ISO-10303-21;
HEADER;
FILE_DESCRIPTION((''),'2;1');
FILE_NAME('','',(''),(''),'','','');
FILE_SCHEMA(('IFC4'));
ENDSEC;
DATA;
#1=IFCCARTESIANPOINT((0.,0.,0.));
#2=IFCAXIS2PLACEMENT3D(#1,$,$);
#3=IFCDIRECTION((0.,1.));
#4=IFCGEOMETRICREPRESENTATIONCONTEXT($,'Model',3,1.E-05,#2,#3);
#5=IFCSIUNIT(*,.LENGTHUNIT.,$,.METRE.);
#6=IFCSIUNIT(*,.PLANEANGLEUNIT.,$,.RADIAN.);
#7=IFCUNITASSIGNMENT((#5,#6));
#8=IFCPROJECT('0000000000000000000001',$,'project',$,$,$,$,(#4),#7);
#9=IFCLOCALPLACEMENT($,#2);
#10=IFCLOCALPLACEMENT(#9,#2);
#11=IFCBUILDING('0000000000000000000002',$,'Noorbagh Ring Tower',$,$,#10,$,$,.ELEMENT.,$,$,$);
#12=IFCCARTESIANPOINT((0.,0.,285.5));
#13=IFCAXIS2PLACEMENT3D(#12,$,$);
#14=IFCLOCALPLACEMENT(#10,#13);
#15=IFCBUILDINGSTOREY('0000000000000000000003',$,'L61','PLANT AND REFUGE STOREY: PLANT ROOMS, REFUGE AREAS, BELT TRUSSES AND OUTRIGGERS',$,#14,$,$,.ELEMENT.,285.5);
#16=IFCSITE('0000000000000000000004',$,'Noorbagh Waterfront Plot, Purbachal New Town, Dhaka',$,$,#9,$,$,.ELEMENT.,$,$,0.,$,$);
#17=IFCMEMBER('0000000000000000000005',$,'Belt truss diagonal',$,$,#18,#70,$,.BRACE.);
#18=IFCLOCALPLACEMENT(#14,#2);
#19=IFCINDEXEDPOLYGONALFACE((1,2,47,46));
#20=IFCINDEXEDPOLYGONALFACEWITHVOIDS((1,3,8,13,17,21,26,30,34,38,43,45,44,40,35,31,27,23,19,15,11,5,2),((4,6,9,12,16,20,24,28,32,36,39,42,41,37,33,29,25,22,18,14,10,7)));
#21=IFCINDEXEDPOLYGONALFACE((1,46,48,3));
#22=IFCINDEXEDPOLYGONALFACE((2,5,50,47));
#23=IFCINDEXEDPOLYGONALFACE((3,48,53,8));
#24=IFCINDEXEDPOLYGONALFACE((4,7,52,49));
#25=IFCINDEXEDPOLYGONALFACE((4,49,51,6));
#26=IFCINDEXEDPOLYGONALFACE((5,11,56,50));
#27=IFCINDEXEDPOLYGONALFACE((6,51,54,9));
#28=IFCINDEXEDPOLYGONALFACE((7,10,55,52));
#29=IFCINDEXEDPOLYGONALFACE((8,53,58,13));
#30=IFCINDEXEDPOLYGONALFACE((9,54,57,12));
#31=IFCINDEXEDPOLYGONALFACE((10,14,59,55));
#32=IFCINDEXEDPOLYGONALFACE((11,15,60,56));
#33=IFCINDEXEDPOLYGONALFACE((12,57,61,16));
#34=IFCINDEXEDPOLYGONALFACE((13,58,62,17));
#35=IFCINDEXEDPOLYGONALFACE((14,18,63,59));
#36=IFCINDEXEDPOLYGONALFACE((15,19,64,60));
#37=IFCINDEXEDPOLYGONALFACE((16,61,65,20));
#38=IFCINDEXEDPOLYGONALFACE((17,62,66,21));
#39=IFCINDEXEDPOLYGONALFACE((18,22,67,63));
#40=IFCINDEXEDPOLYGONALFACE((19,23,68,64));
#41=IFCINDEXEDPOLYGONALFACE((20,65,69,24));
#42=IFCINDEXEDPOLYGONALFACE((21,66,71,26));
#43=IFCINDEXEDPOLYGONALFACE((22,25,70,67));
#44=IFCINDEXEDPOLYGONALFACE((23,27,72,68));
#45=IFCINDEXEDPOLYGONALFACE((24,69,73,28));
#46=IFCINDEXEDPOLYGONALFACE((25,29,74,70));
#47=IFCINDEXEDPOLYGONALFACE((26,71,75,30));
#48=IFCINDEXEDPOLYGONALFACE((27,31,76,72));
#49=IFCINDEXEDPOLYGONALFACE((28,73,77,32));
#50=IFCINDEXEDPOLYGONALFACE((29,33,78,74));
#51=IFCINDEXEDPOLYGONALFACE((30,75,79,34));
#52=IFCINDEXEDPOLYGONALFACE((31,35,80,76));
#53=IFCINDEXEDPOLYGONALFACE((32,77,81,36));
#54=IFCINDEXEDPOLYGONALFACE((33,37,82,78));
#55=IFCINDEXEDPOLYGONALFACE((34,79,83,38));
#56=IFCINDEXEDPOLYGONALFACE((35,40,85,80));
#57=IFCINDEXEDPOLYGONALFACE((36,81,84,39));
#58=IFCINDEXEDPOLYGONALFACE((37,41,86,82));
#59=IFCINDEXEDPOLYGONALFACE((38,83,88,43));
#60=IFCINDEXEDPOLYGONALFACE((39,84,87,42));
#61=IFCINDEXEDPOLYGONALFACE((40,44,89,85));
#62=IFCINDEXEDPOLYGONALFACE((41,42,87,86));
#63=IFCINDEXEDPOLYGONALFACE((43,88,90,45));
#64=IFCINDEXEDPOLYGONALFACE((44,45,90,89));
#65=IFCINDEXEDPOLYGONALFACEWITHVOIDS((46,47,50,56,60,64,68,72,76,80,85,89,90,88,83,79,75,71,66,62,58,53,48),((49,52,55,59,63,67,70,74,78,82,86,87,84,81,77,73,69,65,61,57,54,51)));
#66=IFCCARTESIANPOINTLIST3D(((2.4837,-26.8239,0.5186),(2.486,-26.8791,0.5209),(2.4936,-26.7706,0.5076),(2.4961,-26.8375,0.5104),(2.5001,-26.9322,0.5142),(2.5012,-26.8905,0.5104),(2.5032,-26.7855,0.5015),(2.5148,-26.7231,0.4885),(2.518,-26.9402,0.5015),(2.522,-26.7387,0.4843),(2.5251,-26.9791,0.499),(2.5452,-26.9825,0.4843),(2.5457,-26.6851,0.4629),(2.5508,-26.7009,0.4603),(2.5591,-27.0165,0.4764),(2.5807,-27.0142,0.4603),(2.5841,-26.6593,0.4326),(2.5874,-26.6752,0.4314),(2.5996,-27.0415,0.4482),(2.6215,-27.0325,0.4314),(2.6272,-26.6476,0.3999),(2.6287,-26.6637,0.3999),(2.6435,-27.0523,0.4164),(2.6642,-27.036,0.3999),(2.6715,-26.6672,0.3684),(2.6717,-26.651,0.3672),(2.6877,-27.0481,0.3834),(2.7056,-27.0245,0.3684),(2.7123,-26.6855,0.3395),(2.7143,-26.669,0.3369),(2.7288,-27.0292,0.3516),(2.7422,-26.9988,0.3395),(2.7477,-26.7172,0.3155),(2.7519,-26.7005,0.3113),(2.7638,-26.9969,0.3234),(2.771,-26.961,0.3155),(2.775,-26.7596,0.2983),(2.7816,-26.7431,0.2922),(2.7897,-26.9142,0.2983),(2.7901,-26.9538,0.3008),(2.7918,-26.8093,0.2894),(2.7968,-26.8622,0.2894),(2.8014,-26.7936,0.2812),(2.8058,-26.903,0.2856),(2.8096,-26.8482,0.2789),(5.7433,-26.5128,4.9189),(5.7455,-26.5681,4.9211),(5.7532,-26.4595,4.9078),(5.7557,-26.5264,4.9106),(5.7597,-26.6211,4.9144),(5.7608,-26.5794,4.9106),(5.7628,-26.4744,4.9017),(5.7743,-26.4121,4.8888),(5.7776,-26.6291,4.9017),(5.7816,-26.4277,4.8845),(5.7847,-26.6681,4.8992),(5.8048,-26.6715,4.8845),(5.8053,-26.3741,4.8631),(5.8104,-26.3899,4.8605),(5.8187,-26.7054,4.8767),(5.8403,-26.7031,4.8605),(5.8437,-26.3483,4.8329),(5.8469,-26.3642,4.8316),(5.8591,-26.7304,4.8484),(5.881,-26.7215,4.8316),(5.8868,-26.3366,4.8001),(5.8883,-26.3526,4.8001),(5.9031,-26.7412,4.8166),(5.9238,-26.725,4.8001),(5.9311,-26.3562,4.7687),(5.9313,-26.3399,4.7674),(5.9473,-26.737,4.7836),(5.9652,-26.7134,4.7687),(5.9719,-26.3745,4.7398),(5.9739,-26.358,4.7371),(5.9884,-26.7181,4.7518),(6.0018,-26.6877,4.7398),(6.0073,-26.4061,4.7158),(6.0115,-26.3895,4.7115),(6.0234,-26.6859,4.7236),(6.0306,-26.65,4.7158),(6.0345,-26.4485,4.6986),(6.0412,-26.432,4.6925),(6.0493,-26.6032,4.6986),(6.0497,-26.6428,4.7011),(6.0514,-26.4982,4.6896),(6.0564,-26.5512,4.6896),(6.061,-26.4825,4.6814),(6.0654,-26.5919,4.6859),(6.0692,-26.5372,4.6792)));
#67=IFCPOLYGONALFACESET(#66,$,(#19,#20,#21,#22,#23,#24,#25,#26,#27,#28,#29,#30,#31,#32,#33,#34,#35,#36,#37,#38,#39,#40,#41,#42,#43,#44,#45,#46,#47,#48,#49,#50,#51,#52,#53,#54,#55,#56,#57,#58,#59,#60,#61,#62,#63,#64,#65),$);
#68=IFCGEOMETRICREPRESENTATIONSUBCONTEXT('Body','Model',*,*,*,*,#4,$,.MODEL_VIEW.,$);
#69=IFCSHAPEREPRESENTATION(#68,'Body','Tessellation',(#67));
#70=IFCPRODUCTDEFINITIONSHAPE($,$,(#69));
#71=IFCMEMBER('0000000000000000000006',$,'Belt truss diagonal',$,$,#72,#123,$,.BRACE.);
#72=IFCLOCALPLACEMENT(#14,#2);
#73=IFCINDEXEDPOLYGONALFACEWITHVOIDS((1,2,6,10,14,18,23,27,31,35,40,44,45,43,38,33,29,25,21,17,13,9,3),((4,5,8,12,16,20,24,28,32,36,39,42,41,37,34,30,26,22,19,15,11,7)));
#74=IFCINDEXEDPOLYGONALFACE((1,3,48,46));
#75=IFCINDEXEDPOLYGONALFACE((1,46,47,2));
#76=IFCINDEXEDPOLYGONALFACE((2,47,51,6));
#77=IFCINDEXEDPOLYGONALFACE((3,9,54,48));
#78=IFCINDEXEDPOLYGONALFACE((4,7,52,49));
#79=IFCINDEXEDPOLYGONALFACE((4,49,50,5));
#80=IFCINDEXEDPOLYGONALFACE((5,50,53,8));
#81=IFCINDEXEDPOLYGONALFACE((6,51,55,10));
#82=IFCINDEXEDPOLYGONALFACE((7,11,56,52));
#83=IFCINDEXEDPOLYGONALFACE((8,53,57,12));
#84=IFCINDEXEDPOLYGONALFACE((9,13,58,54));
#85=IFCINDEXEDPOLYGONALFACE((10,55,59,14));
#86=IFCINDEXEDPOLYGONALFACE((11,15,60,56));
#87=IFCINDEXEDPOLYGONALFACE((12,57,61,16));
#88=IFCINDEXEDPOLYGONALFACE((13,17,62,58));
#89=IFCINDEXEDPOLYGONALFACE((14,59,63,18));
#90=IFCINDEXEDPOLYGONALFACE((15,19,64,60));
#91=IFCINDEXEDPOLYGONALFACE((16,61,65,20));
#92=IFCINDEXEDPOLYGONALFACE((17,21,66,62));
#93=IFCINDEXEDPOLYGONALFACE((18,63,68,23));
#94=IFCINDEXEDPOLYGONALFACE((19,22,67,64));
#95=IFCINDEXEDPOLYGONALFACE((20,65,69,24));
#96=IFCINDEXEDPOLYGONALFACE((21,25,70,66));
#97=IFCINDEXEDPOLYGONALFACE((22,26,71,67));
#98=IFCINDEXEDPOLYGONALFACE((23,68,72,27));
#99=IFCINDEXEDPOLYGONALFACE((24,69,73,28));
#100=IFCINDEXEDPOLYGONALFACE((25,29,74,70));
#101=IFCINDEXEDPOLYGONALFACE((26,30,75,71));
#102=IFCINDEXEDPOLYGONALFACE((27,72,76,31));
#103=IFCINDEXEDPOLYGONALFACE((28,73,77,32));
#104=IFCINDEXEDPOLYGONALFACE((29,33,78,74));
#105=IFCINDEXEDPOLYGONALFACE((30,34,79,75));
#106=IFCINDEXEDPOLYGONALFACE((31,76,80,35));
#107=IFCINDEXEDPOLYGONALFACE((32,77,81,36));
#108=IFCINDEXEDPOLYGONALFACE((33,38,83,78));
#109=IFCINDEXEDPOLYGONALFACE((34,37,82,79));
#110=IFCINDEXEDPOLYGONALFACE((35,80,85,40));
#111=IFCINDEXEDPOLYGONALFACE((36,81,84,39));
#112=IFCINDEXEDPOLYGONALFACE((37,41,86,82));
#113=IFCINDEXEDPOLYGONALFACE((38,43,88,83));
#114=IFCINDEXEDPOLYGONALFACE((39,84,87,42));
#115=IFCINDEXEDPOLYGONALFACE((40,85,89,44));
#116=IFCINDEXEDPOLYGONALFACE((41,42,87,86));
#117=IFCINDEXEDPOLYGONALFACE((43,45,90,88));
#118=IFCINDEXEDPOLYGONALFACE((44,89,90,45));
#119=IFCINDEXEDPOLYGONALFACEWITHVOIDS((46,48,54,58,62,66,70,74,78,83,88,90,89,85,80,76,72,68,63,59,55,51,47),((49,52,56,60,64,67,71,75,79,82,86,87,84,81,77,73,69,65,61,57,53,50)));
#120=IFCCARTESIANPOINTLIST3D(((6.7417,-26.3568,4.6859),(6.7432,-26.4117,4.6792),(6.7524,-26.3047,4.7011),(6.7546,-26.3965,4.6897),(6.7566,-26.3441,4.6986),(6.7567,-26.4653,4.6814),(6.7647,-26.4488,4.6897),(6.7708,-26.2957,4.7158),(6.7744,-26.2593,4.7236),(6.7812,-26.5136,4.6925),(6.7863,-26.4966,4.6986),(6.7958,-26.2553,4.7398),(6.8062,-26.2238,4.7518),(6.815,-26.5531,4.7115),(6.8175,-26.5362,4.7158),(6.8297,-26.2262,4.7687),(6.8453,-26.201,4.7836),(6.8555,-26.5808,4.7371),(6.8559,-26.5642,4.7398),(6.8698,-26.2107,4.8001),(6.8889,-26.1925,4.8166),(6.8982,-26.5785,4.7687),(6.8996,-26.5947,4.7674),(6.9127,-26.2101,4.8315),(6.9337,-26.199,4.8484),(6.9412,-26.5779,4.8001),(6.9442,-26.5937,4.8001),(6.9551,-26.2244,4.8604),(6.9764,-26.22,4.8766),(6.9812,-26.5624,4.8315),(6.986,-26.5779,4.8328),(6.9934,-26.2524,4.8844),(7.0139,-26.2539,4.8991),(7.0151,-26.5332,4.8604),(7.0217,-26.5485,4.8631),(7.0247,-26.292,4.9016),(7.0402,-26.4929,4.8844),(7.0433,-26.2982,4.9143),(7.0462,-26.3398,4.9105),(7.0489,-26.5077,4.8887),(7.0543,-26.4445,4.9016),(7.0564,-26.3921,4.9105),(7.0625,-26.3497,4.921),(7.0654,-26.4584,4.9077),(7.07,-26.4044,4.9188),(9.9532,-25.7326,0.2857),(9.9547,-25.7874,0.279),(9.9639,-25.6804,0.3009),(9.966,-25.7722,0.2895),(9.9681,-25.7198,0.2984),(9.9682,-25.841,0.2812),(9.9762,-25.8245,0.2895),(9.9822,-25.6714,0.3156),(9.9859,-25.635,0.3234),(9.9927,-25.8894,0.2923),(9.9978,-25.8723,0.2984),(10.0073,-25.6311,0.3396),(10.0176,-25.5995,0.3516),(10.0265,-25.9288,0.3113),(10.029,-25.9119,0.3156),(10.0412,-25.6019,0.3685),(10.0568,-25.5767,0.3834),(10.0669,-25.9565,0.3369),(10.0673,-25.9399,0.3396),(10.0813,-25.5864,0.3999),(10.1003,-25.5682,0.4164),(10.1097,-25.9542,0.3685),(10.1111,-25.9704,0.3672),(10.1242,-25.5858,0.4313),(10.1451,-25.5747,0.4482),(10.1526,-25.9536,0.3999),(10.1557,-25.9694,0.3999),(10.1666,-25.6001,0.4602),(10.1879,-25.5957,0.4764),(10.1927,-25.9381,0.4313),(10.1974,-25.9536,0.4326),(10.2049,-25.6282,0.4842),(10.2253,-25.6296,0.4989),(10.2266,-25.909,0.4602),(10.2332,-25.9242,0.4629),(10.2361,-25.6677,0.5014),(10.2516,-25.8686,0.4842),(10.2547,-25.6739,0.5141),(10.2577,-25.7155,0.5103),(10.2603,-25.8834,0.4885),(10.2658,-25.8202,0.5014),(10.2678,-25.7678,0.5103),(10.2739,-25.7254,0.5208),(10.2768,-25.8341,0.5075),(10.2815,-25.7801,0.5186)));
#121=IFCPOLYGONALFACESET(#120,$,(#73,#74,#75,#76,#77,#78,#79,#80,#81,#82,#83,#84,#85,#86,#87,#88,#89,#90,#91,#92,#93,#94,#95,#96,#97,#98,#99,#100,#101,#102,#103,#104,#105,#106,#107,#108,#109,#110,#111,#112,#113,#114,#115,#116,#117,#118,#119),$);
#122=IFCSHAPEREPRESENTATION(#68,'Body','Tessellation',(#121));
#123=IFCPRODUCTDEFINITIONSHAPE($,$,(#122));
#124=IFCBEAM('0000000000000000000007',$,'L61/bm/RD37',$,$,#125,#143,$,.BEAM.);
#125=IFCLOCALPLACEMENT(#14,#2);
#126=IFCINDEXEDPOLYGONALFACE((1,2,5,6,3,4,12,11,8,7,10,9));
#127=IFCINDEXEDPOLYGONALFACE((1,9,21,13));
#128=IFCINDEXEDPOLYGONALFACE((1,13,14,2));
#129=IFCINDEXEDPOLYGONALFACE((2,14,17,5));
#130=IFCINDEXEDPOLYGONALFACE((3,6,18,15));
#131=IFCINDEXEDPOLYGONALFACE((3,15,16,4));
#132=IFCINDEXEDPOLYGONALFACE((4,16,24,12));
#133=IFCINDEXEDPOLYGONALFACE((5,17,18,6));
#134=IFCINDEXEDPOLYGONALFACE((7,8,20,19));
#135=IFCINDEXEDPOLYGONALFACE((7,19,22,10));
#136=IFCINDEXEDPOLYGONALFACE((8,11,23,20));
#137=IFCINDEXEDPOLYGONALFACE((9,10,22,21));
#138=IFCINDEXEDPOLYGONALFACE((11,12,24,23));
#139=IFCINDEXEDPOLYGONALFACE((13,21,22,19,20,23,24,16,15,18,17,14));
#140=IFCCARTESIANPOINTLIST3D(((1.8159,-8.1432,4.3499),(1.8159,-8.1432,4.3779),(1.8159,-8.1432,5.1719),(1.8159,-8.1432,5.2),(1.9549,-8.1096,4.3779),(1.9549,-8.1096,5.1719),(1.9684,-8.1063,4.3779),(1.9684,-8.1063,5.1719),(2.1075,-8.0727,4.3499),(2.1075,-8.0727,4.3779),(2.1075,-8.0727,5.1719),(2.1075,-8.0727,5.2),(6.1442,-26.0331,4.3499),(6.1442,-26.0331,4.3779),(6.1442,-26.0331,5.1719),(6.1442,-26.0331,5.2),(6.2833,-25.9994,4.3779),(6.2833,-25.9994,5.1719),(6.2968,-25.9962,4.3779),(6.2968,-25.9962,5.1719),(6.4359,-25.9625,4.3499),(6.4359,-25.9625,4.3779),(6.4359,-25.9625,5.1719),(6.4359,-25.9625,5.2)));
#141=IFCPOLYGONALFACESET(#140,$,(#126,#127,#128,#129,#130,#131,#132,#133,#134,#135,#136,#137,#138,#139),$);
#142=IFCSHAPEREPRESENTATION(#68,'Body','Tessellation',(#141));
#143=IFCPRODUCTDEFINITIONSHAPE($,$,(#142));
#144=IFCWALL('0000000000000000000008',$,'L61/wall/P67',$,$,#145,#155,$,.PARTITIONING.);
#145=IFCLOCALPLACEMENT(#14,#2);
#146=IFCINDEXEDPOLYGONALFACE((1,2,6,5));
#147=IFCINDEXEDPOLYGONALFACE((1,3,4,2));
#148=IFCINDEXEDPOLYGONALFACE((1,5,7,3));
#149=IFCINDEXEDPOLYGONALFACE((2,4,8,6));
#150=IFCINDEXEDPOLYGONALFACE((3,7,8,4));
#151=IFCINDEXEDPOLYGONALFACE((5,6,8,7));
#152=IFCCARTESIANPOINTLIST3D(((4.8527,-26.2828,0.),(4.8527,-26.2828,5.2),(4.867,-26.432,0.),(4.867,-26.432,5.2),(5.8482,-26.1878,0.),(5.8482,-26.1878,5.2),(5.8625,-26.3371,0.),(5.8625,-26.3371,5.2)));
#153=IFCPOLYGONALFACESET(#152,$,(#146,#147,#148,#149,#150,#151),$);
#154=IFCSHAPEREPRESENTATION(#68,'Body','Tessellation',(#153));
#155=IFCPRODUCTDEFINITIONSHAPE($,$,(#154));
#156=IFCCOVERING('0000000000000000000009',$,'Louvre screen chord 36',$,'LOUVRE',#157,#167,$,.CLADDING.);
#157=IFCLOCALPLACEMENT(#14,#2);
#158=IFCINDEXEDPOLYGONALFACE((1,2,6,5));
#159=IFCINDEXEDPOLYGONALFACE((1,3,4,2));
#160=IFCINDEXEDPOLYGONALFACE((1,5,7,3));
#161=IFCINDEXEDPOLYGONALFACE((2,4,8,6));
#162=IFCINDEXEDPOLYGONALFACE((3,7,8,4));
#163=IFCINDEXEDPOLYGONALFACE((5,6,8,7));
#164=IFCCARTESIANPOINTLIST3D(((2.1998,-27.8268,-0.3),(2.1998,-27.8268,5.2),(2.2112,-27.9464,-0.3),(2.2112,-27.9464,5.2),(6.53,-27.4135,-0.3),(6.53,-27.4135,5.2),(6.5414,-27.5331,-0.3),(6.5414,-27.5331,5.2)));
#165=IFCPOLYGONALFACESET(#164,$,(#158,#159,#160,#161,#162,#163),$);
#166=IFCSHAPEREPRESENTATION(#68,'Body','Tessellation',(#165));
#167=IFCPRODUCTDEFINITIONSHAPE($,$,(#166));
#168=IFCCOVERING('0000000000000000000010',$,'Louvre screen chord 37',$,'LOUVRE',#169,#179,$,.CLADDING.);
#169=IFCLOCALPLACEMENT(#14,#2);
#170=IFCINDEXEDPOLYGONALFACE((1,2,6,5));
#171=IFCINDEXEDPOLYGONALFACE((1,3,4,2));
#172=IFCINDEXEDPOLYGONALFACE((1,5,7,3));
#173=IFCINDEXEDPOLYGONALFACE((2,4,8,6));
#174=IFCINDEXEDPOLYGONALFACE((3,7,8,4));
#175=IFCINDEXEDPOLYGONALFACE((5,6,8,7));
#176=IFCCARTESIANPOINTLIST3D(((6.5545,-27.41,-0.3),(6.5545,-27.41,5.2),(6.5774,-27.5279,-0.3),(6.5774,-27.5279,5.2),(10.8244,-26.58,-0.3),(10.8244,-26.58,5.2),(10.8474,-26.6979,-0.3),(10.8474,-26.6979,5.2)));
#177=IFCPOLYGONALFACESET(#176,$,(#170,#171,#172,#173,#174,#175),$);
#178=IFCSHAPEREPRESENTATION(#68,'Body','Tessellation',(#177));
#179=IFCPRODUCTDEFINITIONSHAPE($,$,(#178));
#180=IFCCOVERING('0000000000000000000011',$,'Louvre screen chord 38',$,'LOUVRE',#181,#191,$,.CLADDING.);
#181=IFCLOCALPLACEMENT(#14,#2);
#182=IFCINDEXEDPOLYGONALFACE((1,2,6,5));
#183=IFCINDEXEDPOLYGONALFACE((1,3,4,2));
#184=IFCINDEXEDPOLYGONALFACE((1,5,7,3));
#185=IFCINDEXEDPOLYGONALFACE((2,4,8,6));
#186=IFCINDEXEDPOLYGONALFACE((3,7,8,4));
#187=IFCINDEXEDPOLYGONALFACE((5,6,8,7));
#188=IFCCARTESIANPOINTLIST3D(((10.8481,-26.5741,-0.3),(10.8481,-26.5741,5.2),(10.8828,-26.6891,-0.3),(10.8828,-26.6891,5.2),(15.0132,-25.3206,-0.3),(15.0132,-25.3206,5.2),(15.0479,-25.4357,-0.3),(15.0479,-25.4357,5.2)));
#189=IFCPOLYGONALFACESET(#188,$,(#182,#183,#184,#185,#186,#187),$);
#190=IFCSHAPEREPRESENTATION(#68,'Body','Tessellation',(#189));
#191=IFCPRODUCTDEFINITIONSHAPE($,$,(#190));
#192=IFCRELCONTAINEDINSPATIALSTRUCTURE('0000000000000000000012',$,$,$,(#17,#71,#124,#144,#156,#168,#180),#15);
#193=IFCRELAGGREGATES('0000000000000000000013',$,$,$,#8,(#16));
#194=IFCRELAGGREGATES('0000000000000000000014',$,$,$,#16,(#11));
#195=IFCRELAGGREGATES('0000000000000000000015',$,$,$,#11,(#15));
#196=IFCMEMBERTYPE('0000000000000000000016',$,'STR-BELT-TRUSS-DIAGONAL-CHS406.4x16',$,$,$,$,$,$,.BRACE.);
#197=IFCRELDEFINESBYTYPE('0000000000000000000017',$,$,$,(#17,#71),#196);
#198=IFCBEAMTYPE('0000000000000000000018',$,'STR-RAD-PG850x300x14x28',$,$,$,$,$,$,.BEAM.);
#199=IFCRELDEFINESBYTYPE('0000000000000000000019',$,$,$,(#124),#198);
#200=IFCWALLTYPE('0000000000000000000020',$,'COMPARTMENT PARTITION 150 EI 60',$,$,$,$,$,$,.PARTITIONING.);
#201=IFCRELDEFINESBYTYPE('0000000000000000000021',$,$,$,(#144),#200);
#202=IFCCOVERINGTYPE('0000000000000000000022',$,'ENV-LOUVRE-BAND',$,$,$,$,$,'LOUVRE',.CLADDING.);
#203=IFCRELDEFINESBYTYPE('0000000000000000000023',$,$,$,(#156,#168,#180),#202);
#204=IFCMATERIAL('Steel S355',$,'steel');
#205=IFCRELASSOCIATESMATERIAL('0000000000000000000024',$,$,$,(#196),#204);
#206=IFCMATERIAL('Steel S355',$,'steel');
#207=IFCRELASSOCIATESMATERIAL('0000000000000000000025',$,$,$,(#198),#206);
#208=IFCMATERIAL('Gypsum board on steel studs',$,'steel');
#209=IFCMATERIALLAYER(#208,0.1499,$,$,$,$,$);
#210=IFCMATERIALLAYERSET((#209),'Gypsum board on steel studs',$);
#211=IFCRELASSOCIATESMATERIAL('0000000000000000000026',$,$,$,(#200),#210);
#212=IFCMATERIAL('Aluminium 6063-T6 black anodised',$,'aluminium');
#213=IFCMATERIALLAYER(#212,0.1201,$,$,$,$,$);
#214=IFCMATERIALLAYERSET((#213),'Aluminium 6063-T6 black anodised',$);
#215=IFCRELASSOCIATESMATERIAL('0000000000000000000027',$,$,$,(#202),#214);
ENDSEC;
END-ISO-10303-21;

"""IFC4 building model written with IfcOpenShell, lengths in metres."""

from ifc_helpers import new_model, si_unit, direction, frame, frame_2d, origin, origin_2d, place, context, subcontext, project, spatial, rectangle, hollow_circle, i_section, extrude, material, layer, layer_set, material_profile, profile_set, type_object, element, save


model = new_model("IFC4")

# Units and contexts
model_context = context("Model", 3, precision=1e-05, world=origin(), true_north=direction((0.0, 1.0)))
body_context = subcontext(model_context, "Body", "Model", "MODEL_VIEW")
ifc_project = project(units=[si_unit("LENGTHUNIT", "METRE"), si_unit("PLANEANGLEUNIT", "RADIAN")], contexts=[model_context])

# Site, building, storey
site_placement = place(None, origin())
site = spatial("IfcSite", under=ifc_project, at=site_placement, Name="Noorbagh Waterfront Plot, Purbachal New Town, Dhaka", CompositionType="ELEMENT", RefElevation=0.0)
building_placement = place(site_placement, origin())
building = spatial("IfcBuilding", under=site, at=building_placement, Name="Noorbagh Ring Tower", CompositionType="ELEMENT")
storey_placement = place(building_placement, frame((0.0, 0.0, 285.5)))
storey = spatial("IfcBuildingStorey", under=building, at=storey_placement, Name="L61", Description="PLANT AND REFUGE STOREY: PLANT ROOMS, REFUGE AREAS, BELT TRUSSES AND OUTRIGGERS", CompositionType="ELEMENT", Elevation=285.5)

# Members
ifc_material_1 = material(Name="Steel S355", Category="steel")
ifc_material_profile_1 = material_profile(ifc_material_1, hollow_circle(Radius=0.2031, WallThickness=0.0161, at=origin_2d()), Name="CHS406.4x16")
ifc_profile_set_1 = profile_set([ifc_material_profile_1], Name="Steel S355")
member_type = type_object("IfcMemberType", Name="STR-BELT-TRUSS-DIAGONAL-CHS406.4x16", PredefinedType="BRACE", material=ifc_profile_set_1)
member_1_placement = place(storey_placement, frame((2.6465, -26.8499, 0.3999), z_axis=(0.594288, 0.056709, 0.802251), x_axis=(-0.094992, 0.995478, 0.0)))
element("IfcMember", 1, at=member_1_placement, inside=storey, type_object=member_type, Name="Belt truss diagonal", PredefinedType="BRACE", context=body_context, shape_type="SweptSolid", body=[
    extrude(hollow_circle(Radius=0.2031, WallThickness=0.0161, at=origin_2d()), origin(), (0.0, 0.0, 1.0), 5.4849),
])
member_2_placement = place(storey_placement, frame((10.1169, -25.77, 0.3999), z_axis=(-0.585697, -0.113853, 0.802494), x_axis=(0.190818, -0.981625, 0.0)))
element("IfcMember", 2, at=member_2_placement, inside=storey, type_object=member_type, Name="Belt truss diagonal", PredefinedType="BRACE", context=body_context, shape_type="SweptSolid", body=[
    extrude(hollow_circle(Radius=0.2031, WallThickness=0.0161, at=origin_2d()), origin(), (0.0, 0.0, 1.0), 5.4832),
])

# Beam
ifc_material_2 = material(Name="Steel S355", Category="steel")
ifc_material_profile_2 = material_profile(ifc_material_2, i_section(OverallWidth=0.3, OverallDepth=0.8501, WebThickness=0.0139, FlangeThickness=0.0281, at=origin_2d()), Name="PG850x300x14x28")
ifc_profile_set_2 = profile_set([ifc_material_profile_2], Name="Steel S355")
beam_type_1 = type_object("IfcBeamType", Name="STR-RAD-PG850x300x14x28", PredefinedType="BEAM", material=ifc_profile_set_2)
beam_placement = place(storey_placement, frame((6.29, -25.9978, 4.7749), z_axis=(-0.23516, 0.971957, 0.0), x_axis=(-0.971957, -0.23516, 0.0)))
element("IfcBeam", 3, at=beam_placement, inside=storey, type_object=beam_type_1, Name="L61/bm/RD37", PredefinedType="BEAM", context=body_context, shape_type="SweptSolid", body=[
    extrude(i_section(OverallWidth=0.3, OverallDepth=0.8501, WebThickness=0.0139, FlangeThickness=0.0281, at=origin_2d()), origin(), (0.0, 0.0, 1.0), 18.406),
])

# Wall
ifc_material_3 = material(Name="Gypsum board on steel studs", Category="steel")
ifc_layer_1 = layer(ifc_material_3, 0.1499)
ifc_layer_set_1 = layer_set([ifc_layer_1], Name="Gypsum board on steel studs")
wall_type = type_object("IfcWallType", Name="COMPARTMENT PARTITION 150 EI 60", PredefinedType="PARTITIONING", material=ifc_layer_set_1)
wall_placement = place(storey_placement, frame((4.8599, -26.3574, 0.0), z_axis=(0.0, 0.0, 1.0), x_axis=(0.995479, 0.094982, 0.0)))
element("IfcWall", 4, at=wall_placement, inside=storey, type_object=wall_type, Name="L61/wall/P67", PredefinedType="PARTITIONING", context=body_context, shape_type="SweptSolid", body=[
    extrude(rectangle(XDim=1.0, YDim=0.1499, at=frame_2d((0.5, 0.0))), origin(), (0.0, 0.0, 1.0), 5.2),
])

# Coverings
ifc_material_4 = material(Name="Aluminium 6063-T6 black anodised", Category="aluminium")
ifc_layer_2 = layer(ifc_material_4, 0.1201)
ifc_layer_set_2 = layer_set([ifc_layer_2], Name="Aluminium 6063-T6 black anodised")
covering_type_1 = type_object("IfcCoveringType", Name="ENV-LOUVRE-BAND", ElementType="LOUVRE", PredefinedType="CLADDING", material=ifc_layer_set_2)
for number, where, z_axis, x_axis, name in (
    (5, (4.3706, -27.6799, -0.3), (0.0, 0.0, 1.0), (0.995476, 0.095008, 0.0), "Louvre screen chord 36"),
    (6, (8.7009, -27.054, -0.3), (0.0, 0.0, 1.0), (0.981625, 0.19082, 0.0), "Louvre screen chord 37"),
):
    element("IfcCovering", number, at=place(storey_placement, frame(where, z_axis=z_axis, x_axis=x_axis)), inside=storey, type_object=covering_type_1, Name=name, ObjectType="LOUVRE", PredefinedType="CLADDING", context=body_context, shape_type="SweptSolid", body=[
        extrude(rectangle(XDim=4.3499, YDim=0.1201, at=origin_2d()), origin(), (0.0, 0.0, 1.0), 5.5),
    ])
covering_1_placement = place(storey_placement, frame((12.948, -26.0049, -0.3), z_axis=(0.0, 0.0, 1.0), x_axis=(0.957578, 0.288174, 0.0)))
element("IfcCovering", 7, at=covering_1_placement, inside=storey, type_object=covering_type_1, Name="Louvre screen chord 38", ObjectType="LOUVRE", PredefinedType="CLADDING", context=body_context, shape_type="SweptSolid", body=[
    extrude(rectangle(XDim=4.3496, YDim=0.1201, at=origin_2d()), origin(), (0.0, 0.0, 1.0), 5.5),
])

save(model, "model.ifc")
